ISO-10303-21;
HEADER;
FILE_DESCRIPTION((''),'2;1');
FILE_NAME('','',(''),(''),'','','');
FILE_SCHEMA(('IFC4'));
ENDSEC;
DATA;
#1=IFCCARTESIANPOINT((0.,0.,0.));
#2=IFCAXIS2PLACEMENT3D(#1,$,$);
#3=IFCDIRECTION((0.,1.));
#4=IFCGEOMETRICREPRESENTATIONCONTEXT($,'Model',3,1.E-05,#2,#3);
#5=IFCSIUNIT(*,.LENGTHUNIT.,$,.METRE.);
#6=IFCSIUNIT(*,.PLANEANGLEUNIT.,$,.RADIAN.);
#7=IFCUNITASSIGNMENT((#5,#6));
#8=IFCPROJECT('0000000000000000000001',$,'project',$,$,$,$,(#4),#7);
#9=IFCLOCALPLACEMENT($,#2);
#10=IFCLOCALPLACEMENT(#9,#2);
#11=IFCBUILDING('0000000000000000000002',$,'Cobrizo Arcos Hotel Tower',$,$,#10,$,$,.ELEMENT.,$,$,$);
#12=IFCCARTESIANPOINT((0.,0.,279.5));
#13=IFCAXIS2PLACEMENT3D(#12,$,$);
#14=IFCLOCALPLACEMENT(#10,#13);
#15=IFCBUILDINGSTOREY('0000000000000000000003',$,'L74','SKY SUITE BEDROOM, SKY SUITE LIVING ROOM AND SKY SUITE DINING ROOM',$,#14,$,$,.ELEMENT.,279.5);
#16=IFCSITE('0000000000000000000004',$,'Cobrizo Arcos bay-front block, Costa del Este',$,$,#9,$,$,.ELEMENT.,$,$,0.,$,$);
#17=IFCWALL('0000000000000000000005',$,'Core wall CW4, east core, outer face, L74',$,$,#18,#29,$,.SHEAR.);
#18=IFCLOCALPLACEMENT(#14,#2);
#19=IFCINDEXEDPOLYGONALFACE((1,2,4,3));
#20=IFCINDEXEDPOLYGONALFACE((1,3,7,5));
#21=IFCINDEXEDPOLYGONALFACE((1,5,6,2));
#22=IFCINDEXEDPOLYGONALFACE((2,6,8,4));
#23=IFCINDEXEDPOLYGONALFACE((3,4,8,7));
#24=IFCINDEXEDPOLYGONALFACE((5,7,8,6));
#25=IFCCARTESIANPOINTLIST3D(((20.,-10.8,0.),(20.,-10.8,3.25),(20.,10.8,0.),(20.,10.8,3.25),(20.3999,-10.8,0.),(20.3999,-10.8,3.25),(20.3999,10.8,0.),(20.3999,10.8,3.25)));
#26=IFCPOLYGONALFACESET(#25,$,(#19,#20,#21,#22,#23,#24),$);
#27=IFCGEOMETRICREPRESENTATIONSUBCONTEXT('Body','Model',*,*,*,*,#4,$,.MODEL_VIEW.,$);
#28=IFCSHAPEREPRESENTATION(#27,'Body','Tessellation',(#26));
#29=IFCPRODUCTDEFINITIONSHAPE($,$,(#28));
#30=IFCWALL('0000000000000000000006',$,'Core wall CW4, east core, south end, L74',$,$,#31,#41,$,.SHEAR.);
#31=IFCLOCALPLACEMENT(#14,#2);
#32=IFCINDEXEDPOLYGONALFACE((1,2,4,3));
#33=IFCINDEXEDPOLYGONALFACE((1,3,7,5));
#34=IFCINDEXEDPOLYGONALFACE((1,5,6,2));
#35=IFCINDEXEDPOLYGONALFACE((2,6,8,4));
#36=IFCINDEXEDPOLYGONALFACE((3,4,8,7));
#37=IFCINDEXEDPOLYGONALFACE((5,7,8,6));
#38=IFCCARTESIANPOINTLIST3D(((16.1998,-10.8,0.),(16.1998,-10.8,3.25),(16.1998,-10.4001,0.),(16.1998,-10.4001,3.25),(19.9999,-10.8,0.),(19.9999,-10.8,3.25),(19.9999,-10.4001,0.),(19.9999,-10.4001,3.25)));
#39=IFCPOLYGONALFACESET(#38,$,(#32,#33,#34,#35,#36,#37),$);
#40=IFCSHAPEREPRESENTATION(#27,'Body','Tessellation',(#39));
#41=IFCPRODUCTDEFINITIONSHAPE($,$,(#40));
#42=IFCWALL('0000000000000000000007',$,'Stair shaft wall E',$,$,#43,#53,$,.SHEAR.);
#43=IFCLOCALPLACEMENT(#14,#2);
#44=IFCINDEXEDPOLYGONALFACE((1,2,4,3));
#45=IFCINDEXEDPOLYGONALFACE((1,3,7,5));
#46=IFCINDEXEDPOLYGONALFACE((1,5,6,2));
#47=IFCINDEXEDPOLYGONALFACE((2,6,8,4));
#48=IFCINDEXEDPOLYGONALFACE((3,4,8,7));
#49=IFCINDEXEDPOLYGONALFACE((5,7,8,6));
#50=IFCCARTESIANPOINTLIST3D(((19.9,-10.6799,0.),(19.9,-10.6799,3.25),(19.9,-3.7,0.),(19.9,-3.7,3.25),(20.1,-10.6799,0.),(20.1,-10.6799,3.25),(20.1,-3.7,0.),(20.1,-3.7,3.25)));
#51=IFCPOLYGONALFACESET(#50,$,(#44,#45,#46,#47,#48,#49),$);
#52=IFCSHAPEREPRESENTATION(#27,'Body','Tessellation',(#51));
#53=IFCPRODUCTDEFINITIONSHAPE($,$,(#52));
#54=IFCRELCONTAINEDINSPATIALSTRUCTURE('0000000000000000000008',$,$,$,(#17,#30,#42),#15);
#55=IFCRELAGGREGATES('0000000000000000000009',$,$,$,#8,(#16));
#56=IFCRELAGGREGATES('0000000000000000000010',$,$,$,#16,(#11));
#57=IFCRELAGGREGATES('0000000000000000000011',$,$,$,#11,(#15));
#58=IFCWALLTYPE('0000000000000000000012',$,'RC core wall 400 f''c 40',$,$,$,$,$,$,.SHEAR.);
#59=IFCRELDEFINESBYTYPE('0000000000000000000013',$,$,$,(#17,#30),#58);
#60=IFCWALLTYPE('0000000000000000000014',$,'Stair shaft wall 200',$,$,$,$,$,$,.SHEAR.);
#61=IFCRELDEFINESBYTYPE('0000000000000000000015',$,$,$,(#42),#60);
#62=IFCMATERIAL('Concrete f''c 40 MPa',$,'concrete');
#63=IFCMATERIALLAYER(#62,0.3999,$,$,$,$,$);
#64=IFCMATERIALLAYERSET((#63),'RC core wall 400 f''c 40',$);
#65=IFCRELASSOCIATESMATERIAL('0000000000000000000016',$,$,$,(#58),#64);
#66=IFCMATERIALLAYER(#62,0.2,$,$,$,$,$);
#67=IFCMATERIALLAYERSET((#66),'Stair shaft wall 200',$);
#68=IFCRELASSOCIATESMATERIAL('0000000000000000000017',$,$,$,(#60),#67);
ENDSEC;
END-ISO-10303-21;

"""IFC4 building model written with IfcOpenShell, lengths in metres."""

from ifc_helpers import new_model, si_unit, direction, frame, frame_2d, origin, place, context, subcontext, project, spatial, rectangle, extrude, material, layer, layer_set, type_object, element, save


model = new_model("IFC4")

# Units and contexts
model_context = context("Model", 3, precision=1e-05, world=origin(), true_north=direction((0.0, 1.0)))
body_context = subcontext(model_context, "Body", "Model", "MODEL_VIEW")
ifc_project = project(units=[si_unit("LENGTHUNIT", "METRE"), si_unit("PLANEANGLEUNIT", "RADIAN")], contexts=[model_context])

# Site, building, storey
site_placement = place(None, origin())
site = spatial("IfcSite", under=ifc_project, at=site_placement, Name="Cobrizo Arcos bay-front block, Costa del Este", CompositionType="ELEMENT", RefElevation=0.0)
building_placement = place(site_placement, origin())
building = spatial("IfcBuilding", under=site, at=building_placement, Name="Cobrizo Arcos Hotel Tower", CompositionType="ELEMENT")
storey_placement = place(building_placement, frame((0.0, 0.0, 279.5)))
storey = spatial("IfcBuildingStorey", under=building, at=storey_placement, Name="L74", Description="SKY SUITE BEDROOM, SKY SUITE LIVING ROOM AND SKY SUITE DINING ROOM", CompositionType="ELEMENT", Elevation=279.5)

# Shared definitions
ifc_material_1 = material(Name="Concrete f'c 40 MPa", Category="concrete")
ifc_layer_1 = layer(ifc_material_1, 0.3999)
ifc_layer_set_1 = layer_set([ifc_layer_1], Name="RC core wall 400 f'c 40")
wall_type_1 = type_object("IfcWallType", Name="RC core wall 400 f'c 40", PredefinedType="SHEAR", material=ifc_layer_set_1)

# Walls
wall_1_placement = place(storey_placement, frame((20.2, -10.8, 0.0), z_axis=(0.0, 0.0, 1.0), x_axis=(0.0, 1.0, 0.0)))
element("IfcWall", 1, at=wall_1_placement, inside=storey, type_object=wall_type_1, Name="Core wall CW4, east core, outer face, L74", PredefinedType="SHEAR", context=body_context, shape_type="SweptSolid", body=[
    extrude(rectangle(XDim=21.6001, YDim=0.3999, at=frame_2d((10.8, 0.0))), origin(), (0.0, 0.0, 1.0), 3.25),
])
wall_2_placement = place(storey_placement, frame((16.2, -10.6001, 0.0), z_axis=(0.0, 0.0, 1.0), x_axis=(1.0, 0.0, 0.0)))
element("IfcWall", 2, at=wall_2_placement, inside=storey, type_object=wall_type_1, Name="Core wall CW4, east core, south end, L74", PredefinedType="SHEAR", context=body_context, shape_type="SweptSolid", body=[
    extrude(rectangle(XDim=3.8, YDim=0.3999, at=frame_2d((1.8999, 0.0))), origin(), (0.0, 0.0, 1.0), 3.25),
])
ifc_layer_2 = layer(ifc_material_1, 0.2)
ifc_layer_set_2 = layer_set([ifc_layer_2], Name="Stair shaft wall 200")
wall_type_2 = type_object("IfcWallType", Name="Stair shaft wall 200", PredefinedType="SHEAR", material=ifc_layer_set_2)
wall_3_placement = place(storey_placement, frame((20.0, -10.6799, 0.0), z_axis=(0.0, 0.0, 1.0), x_axis=(0.0, 1.0, 0.0)))
element("IfcWall", 3, at=wall_3_placement, inside=storey, type_object=wall_type_2, Name="Stair shaft wall E", PredefinedType="SHEAR", context=body_context, shape_type="SweptSolid", body=[
    extrude(rectangle(XDim=6.98, YDim=0.2, at=frame_2d((3.49, 0.0))), origin(), (0.0, 0.0, 1.0), 3.25),
])

save(model, "model.ifc")
